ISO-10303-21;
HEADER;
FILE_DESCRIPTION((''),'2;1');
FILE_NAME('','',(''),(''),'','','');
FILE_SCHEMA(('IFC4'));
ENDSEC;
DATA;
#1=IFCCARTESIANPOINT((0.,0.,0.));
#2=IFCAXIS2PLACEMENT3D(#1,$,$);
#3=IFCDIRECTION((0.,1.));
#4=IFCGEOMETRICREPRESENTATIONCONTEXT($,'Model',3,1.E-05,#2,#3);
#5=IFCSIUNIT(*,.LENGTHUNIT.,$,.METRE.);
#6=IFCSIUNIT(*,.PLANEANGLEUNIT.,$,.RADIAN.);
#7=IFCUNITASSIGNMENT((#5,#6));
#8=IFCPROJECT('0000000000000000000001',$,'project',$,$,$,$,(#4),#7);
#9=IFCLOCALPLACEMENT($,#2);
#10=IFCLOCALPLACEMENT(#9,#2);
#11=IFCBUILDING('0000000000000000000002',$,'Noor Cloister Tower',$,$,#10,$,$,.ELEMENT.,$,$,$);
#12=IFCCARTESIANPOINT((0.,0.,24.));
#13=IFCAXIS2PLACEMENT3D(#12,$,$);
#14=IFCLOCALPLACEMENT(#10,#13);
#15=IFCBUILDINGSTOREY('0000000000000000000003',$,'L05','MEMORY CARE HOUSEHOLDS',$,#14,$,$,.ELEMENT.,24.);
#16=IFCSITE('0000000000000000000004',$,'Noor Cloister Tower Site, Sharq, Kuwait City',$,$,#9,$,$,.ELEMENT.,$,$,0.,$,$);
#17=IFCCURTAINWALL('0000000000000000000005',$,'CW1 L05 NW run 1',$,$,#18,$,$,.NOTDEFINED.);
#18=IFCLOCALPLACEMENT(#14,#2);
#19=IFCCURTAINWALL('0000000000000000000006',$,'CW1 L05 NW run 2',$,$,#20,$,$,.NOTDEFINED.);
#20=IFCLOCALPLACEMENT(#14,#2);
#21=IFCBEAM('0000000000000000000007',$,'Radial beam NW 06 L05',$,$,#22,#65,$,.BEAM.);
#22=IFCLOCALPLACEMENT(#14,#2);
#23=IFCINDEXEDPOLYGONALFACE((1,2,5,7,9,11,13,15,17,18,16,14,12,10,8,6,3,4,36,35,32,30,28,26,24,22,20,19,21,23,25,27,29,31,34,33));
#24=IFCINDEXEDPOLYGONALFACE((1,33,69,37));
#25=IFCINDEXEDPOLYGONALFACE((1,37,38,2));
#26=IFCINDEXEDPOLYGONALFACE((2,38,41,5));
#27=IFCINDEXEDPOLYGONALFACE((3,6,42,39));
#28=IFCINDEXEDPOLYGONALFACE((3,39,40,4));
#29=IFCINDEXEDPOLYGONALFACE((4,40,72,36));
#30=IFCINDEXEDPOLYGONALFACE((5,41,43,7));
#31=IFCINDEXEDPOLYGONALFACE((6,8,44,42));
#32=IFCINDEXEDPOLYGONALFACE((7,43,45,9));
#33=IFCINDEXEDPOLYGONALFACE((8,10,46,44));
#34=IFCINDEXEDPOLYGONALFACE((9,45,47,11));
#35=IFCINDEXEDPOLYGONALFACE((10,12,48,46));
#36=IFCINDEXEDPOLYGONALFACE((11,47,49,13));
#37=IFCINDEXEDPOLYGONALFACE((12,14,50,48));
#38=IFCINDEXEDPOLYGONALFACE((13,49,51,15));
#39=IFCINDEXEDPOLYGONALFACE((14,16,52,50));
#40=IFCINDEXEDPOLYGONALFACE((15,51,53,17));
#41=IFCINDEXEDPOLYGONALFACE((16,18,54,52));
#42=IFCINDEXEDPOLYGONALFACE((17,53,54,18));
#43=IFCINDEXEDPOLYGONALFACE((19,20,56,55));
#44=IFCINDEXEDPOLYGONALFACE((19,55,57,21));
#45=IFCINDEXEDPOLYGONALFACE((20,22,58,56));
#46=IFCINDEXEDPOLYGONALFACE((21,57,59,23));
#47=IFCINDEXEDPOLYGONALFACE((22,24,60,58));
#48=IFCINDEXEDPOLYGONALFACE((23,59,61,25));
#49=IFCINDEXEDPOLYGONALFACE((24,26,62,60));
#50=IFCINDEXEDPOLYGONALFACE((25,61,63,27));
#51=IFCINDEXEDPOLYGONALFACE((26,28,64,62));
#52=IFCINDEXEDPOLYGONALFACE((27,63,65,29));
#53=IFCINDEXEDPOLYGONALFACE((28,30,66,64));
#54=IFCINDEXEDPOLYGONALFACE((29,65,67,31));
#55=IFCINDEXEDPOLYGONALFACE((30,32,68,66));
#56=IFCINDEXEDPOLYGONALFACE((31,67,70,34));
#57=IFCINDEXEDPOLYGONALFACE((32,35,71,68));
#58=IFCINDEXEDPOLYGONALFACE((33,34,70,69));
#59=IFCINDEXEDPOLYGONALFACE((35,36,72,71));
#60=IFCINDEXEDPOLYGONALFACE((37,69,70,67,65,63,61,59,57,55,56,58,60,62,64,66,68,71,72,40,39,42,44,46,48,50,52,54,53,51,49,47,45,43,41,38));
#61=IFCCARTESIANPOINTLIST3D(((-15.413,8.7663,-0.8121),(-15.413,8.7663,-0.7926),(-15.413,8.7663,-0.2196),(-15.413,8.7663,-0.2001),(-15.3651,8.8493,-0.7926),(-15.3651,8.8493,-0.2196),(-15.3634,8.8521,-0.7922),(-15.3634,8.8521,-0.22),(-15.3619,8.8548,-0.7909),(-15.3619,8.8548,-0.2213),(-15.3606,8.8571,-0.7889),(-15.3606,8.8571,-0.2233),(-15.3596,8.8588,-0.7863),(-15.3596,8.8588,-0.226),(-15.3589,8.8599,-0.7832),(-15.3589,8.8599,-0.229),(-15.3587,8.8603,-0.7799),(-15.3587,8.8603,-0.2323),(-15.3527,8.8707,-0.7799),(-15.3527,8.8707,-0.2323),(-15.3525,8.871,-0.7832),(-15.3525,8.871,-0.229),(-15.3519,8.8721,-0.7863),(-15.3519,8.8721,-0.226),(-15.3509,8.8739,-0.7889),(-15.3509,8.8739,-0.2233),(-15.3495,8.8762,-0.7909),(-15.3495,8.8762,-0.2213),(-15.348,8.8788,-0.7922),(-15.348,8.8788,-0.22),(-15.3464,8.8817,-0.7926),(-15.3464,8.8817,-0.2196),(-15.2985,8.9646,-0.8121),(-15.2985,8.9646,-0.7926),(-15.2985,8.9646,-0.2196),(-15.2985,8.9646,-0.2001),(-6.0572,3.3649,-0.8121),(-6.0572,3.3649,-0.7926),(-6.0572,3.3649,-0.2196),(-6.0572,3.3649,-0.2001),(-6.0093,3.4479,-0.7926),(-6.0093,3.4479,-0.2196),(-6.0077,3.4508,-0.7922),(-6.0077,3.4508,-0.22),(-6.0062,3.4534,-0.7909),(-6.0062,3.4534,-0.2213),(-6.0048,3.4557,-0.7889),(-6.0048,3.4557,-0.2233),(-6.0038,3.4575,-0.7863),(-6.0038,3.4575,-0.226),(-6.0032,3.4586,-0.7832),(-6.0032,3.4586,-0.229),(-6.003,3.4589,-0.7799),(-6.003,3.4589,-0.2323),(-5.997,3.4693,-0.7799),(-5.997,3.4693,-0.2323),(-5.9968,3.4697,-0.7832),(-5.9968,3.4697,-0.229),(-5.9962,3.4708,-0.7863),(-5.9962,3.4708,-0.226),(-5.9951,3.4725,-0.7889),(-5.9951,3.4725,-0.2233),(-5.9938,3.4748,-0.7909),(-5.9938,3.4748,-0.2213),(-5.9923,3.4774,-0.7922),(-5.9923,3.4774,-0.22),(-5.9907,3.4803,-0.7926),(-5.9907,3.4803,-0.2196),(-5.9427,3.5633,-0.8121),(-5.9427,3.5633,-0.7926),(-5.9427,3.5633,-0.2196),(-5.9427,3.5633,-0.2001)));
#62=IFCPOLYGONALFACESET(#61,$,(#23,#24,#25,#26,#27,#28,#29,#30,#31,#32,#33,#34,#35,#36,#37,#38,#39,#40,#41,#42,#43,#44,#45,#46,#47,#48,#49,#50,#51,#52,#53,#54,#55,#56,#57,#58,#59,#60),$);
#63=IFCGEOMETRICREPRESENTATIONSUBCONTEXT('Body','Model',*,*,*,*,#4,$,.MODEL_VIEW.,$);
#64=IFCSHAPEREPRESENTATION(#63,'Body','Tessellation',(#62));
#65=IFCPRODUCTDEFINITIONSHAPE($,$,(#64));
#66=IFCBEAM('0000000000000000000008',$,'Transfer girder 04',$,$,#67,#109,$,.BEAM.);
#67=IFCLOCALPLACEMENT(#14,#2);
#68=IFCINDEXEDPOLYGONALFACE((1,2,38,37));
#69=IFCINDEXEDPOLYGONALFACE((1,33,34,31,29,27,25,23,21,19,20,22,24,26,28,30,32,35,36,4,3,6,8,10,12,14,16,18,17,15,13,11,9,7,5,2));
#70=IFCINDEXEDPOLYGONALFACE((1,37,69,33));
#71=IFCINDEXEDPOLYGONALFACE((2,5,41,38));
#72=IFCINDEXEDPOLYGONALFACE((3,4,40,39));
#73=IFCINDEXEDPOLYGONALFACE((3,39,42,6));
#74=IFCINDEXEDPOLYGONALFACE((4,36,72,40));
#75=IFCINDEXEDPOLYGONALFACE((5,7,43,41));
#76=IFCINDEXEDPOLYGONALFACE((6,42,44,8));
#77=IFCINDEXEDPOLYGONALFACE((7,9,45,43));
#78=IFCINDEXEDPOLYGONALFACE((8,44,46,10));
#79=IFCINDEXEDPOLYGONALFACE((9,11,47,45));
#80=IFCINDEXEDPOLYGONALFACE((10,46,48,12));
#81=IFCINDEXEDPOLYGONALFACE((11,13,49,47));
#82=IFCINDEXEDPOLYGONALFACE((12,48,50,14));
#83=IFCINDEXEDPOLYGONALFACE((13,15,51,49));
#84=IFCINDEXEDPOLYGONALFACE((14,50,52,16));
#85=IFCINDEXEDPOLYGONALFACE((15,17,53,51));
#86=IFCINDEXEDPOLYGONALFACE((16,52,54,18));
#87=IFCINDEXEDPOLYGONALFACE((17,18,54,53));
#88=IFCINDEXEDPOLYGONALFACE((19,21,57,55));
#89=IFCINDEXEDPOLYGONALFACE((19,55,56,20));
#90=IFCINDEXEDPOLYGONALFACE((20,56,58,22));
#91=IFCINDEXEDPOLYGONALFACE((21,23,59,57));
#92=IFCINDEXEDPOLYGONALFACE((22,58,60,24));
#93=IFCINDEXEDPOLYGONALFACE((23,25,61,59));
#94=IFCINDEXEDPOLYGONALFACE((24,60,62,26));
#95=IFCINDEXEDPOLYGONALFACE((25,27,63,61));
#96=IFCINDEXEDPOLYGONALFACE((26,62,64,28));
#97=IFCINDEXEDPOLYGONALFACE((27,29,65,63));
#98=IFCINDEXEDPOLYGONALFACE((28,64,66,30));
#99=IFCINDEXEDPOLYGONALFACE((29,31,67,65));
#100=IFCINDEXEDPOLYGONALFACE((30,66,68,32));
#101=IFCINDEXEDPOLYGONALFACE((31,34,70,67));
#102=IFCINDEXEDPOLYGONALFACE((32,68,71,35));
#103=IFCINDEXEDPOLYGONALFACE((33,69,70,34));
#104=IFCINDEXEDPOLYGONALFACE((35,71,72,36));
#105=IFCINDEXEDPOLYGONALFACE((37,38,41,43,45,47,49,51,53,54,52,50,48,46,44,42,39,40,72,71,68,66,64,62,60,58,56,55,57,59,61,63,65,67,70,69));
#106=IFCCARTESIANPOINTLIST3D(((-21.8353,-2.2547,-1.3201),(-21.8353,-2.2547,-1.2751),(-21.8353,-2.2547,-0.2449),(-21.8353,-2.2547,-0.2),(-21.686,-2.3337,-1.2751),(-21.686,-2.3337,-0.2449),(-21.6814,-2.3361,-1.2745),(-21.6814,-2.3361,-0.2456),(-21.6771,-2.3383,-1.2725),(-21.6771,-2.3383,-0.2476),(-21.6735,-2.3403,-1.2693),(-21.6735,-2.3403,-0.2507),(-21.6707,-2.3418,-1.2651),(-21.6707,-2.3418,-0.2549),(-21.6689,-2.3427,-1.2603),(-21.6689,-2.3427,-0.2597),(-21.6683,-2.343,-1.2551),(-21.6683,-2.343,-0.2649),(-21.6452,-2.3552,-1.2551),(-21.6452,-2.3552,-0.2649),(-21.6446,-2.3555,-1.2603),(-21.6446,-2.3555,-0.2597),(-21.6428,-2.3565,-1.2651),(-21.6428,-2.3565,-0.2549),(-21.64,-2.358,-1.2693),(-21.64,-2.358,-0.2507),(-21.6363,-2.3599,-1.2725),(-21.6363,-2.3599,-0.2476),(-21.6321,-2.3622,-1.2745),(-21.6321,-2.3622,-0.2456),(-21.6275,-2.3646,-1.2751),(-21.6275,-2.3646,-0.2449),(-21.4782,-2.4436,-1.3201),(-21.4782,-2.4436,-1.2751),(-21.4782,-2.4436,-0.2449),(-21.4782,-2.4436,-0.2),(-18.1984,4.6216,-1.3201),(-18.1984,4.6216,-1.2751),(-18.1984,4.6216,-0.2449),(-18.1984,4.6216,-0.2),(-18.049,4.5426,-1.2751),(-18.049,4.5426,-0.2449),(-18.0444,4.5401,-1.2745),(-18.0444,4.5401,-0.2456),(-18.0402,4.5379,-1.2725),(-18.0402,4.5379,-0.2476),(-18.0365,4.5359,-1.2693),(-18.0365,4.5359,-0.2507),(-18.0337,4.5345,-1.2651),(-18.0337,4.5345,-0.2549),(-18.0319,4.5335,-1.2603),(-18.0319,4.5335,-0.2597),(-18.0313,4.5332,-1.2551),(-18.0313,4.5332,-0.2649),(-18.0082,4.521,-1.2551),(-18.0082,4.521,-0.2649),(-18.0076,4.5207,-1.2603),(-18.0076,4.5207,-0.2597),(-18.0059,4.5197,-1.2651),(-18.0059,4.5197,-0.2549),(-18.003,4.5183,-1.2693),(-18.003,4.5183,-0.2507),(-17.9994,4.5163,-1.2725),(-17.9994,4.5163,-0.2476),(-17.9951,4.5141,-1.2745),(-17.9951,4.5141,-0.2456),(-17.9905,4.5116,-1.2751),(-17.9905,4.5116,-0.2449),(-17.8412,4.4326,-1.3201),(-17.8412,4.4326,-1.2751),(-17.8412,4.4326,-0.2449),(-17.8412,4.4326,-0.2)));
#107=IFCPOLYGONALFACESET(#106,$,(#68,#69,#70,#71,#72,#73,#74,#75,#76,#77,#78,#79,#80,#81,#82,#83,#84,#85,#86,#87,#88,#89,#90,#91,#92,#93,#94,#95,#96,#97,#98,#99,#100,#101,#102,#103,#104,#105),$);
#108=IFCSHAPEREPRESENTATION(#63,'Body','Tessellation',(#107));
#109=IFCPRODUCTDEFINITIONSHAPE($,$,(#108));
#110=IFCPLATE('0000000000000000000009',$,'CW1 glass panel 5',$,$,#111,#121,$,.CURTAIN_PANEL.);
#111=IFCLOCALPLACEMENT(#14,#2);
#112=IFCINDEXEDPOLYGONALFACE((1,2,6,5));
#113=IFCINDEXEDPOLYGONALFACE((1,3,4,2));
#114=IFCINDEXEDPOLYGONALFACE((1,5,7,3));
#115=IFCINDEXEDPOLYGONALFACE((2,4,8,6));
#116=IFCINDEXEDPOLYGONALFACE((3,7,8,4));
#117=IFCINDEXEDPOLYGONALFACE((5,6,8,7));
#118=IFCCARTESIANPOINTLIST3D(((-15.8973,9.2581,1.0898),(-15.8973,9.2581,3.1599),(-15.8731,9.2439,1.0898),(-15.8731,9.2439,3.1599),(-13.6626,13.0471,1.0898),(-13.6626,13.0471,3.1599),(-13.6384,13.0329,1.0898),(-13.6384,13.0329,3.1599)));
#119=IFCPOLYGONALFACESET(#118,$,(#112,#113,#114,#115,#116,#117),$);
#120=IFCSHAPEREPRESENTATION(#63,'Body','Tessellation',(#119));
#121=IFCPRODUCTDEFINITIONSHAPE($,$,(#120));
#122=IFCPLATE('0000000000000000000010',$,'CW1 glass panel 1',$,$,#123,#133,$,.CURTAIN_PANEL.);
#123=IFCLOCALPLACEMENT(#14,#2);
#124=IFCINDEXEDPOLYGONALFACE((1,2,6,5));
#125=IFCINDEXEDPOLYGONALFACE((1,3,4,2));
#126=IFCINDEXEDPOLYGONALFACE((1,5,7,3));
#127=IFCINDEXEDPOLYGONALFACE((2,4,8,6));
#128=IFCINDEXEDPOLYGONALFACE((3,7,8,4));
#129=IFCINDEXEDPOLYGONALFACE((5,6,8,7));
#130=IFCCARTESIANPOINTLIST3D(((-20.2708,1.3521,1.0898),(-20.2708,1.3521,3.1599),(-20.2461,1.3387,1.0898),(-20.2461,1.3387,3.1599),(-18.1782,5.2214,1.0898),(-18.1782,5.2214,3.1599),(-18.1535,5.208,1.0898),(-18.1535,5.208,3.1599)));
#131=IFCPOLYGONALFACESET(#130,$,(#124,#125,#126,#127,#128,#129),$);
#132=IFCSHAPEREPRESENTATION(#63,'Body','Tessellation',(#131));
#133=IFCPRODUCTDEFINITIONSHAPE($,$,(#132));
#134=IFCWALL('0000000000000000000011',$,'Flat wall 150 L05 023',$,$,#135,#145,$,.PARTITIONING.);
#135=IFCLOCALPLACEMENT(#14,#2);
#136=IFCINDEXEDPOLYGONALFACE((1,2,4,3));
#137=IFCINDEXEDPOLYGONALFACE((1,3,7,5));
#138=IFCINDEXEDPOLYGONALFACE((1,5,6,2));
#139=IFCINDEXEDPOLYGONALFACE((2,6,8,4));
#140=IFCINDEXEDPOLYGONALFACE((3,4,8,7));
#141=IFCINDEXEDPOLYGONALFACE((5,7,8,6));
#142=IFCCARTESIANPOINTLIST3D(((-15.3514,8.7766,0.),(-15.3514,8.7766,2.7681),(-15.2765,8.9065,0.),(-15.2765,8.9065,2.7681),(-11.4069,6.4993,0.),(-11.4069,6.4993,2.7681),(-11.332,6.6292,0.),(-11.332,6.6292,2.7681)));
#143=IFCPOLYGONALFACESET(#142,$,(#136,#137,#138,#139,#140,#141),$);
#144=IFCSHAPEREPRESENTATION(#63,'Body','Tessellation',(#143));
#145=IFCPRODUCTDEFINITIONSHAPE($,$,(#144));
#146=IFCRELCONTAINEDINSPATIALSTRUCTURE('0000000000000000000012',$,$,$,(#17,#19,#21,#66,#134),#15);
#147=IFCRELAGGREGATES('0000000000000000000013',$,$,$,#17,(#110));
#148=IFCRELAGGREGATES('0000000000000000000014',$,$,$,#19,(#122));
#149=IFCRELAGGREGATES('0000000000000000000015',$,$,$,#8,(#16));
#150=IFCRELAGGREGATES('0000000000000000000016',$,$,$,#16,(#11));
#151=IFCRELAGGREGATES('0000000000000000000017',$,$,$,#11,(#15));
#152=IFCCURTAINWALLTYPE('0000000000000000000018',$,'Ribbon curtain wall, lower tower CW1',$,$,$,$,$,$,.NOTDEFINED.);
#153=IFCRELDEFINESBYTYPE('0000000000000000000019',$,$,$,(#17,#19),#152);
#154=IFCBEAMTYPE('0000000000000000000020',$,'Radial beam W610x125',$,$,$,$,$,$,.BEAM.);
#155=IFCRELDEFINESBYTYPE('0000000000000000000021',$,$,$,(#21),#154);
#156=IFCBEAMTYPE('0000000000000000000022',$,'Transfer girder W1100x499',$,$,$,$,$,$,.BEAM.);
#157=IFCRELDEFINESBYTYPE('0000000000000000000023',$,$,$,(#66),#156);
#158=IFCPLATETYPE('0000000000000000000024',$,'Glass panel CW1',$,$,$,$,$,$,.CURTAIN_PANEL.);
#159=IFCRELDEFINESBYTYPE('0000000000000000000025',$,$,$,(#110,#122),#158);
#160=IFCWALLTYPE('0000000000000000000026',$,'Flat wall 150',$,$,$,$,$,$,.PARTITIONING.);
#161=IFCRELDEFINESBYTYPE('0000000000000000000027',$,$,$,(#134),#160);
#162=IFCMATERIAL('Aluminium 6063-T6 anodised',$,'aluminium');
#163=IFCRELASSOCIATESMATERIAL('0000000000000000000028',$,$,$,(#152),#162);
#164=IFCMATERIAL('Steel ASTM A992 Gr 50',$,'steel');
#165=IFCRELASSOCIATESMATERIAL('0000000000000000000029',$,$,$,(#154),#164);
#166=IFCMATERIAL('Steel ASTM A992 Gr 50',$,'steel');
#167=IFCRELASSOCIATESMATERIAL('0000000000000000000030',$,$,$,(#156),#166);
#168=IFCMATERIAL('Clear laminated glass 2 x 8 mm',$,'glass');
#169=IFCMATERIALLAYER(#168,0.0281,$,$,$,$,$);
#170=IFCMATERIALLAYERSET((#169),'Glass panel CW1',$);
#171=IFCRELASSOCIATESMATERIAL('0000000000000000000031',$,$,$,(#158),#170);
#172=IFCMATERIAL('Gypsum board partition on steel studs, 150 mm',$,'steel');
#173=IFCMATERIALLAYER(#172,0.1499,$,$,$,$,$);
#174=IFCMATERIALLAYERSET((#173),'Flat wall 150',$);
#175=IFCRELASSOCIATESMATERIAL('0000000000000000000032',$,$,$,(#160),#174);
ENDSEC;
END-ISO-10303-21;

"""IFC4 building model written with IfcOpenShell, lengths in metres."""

from ifc_helpers import new_model, si_unit, direction, frame, frame_2d, origin, origin_2d, place, context, subcontext, project, spatial, rectangle, i_section, extrude, material, layer, layer_set, material_profile, profile_set, type_object, element, aggregate, save


model = new_model("IFC4")

# Units and contexts
model_context = context("Model", 3, precision=1e-05, world=origin(), true_north=direction((0.0, 1.0)))
body_context = subcontext(model_context, "Body", "Model", "MODEL_VIEW")
ifc_project = project(units=[si_unit("LENGTHUNIT", "METRE"), si_unit("PLANEANGLEUNIT", "RADIAN")], contexts=[model_context])

# Site, building, storey
site_placement = place(None, origin())
site = spatial("IfcSite", under=ifc_project, at=site_placement, Name="Noor Cloister Tower Site, Sharq, Kuwait City", CompositionType="ELEMENT", RefElevation=0.0)
building_placement = place(site_placement, origin())
building = spatial("IfcBuilding", under=site, at=building_placement, Name="Noor Cloister Tower", CompositionType="ELEMENT")
storey_placement = place(building_placement, frame((0.0, 0.0, 24.0)))
storey = spatial("IfcBuildingStorey", under=building, at=storey_placement, Name="L05", Description="MEMORY CARE HOUSEHOLDS", CompositionType="ELEMENT", Elevation=24.0)

# Curtain wall
ifc_material_1 = material(Name="Aluminium 6063-T6 anodised", Category="aluminium")
curtain_wall_type = type_object("IfcCurtainWallType", Name="Ribbon curtain wall, lower tower CW1", PredefinedType="NOTDEFINED", material=ifc_material_1)
curtain_wall_1_placement = place(storey_placement, origin())
curtain_wall_1 = element("IfcCurtainWall", 1, at=curtain_wall_1_placement, inside=storey, type_object=curtain_wall_type, Name="CW1 L05 NW run 1", PredefinedType="NOTDEFINED")

# Curtain wall
curtain_wall_2_placement = place(storey_placement, origin())
curtain_wall_2 = element("IfcCurtainWall", 2, at=curtain_wall_2_placement, inside=storey, type_object=curtain_wall_type, Name="CW1 L05 NW run 2", PredefinedType="NOTDEFINED")

# Beams
ifc_material_2 = material(Name="Steel ASTM A992 Gr 50", Category="steel")
ifc_material_profile_1 = material_profile(ifc_material_2, i_section(OverallWidth=0.229, OverallDepth=0.6121, WebThickness=0.012, FlangeThickness=0.0195, FilletRadius=0.0127, at=origin_2d()), Name="W610x125")
ifc_profile_set_1 = profile_set([ifc_material_profile_1], Name="Steel ASTM A992 Gr 50")
beam_type_1 = type_object("IfcBeamType", Name="Radial beam W610x125", PredefinedType="BEAM", material=ifc_profile_set_1)
beam_1_placement = place(storey_placement, frame((-15.3557, 8.8655, -0.5061), z_axis=(0.866032, -0.499989, 0.0), x_axis=(0.499989, 0.866032, 0.0)))
element("IfcBeam", 3, at=beam_1_placement, inside=storey, type_object=beam_type_1, Name="Radial beam NW 06 L05", PredefinedType="BEAM", context=body_context, shape_type="SweptSolid", body=[
    extrude(i_section(OverallWidth=0.229, OverallDepth=0.6121, WebThickness=0.012, FlangeThickness=0.0195, FilletRadius=0.0127, at=origin_2d()), origin(), (0.0, 0.0, 1.0), 10.803),
])
ifc_material_3 = material(Name="Steel ASTM A992 Gr 50", Category="steel")
ifc_material_profile_2 = material_profile(ifc_material_3, i_section(OverallWidth=0.4041, OverallDepth=1.1201, WebThickness=0.0261, FlangeThickness=0.0449, FilletRadius=0.02, at=origin_2d()), Name="W1100x499")
ifc_profile_set_2 = profile_set([ifc_material_profile_2], Name="Steel ASTM A992 Gr 50")
beam_type_2 = type_object("IfcBeamType", Name="Transfer girder W1100x499", PredefinedType="BEAM", material=ifc_profile_set_2)
beam_2_placement = place(storey_placement, frame((-18.0198, 4.5271, -0.76), z_axis=(-0.467547, -0.883968, 0.0), x_axis=(0.883968, -0.467547, 0.0)))
element("IfcBeam", 4, at=beam_2_placement, inside=storey, type_object=beam_type_2, Name="Transfer girder 04", PredefinedType="BEAM", context=body_context, shape_type="SweptSolid", body=[
    extrude(i_section(OverallWidth=0.4041, OverallDepth=1.1201, WebThickness=0.0261, FlangeThickness=0.0449, FilletRadius=0.02, at=origin_2d()), origin(), (0.0, 0.0, 1.0), 7.7788),
])

# Plates
ifc_material_4 = material(Name="Clear laminated glass 2 x 8 mm", Category="glass")
ifc_layer_1 = layer(ifc_material_4, 0.0281)
ifc_layer_set_1 = layer_set([ifc_layer_1], Name="Glass panel CW1")
plate_type = type_object("IfcPlateType", Name="Glass panel CW1", PredefinedType="CURTAIN_PANEL", material=ifc_layer_set_1)
plate_1_placement = place(storey_placement, frame((-14.7678, 11.1455, 1.0898), z_axis=(0.0, 0.0, 1.0), x_axis=(-0.508012, -0.86135, 0.0)))
plate_1 = element("IfcPlate", 5, at=plate_1_placement, type_object=plate_type, Name="CW1 glass panel 5", PredefinedType="CURTAIN_PANEL", context=body_context, shape_type="SweptSolid", body=[
    extrude(rectangle(XDim=4.3989, YDim=0.0281, at=origin_2d()), origin(), (0.0, 0.0, 1.0), 2.0701),
])
aggregate(curtain_wall_1, [plate_1])
plate_2_placement = place(storey_placement, frame((-19.2122, 3.28, 1.0898), z_axis=(0.0, 0.0, 1.0), x_axis=(-0.475707, -0.879604, 0.0)))
plate_2 = element("IfcPlate", 6, at=plate_2_placement, type_object=plate_type, Name="CW1 glass panel 1", PredefinedType="CURTAIN_PANEL", context=body_context, shape_type="SweptSolid", body=[
    extrude(rectangle(XDim=4.3989, YDim=0.0281, at=origin_2d()), origin(), (0.0, 0.0, 1.0), 2.0701),
])
aggregate(curtain_wall_2, [plate_2])

# Wall
ifc_material_5 = material(Name="Gypsum board partition on steel studs, 150 mm", Category="steel")
ifc_layer_2 = layer(ifc_material_5, 0.1499)
ifc_layer_set_2 = layer_set([ifc_layer_2], Name="Flat wall 150")
wall_type_1 = type_object("IfcWallType", Name="Flat wall 150", PredefinedType="PARTITIONING", material=ifc_layer_set_2)
wall_1_placement = place(storey_placement, frame((-15.314, 8.8416, 0.0), z_axis=(0.0, 0.0, 1.0), x_axis=(0.866031, -0.49999, 0.0)))
element("IfcWall", 7, at=wall_1_placement, inside=storey, type_object=wall_type_1, Name="Flat wall 150 L05 023", PredefinedType="PARTITIONING", context=body_context, shape_type="SweptSolid", body=[
    extrude(rectangle(XDim=4.5547, YDim=0.1499, at=frame_2d((2.2773, 0.0))), origin(), (0.0, 0.0, 1.0), 2.7681),
])

save(model, "model.ifc")
